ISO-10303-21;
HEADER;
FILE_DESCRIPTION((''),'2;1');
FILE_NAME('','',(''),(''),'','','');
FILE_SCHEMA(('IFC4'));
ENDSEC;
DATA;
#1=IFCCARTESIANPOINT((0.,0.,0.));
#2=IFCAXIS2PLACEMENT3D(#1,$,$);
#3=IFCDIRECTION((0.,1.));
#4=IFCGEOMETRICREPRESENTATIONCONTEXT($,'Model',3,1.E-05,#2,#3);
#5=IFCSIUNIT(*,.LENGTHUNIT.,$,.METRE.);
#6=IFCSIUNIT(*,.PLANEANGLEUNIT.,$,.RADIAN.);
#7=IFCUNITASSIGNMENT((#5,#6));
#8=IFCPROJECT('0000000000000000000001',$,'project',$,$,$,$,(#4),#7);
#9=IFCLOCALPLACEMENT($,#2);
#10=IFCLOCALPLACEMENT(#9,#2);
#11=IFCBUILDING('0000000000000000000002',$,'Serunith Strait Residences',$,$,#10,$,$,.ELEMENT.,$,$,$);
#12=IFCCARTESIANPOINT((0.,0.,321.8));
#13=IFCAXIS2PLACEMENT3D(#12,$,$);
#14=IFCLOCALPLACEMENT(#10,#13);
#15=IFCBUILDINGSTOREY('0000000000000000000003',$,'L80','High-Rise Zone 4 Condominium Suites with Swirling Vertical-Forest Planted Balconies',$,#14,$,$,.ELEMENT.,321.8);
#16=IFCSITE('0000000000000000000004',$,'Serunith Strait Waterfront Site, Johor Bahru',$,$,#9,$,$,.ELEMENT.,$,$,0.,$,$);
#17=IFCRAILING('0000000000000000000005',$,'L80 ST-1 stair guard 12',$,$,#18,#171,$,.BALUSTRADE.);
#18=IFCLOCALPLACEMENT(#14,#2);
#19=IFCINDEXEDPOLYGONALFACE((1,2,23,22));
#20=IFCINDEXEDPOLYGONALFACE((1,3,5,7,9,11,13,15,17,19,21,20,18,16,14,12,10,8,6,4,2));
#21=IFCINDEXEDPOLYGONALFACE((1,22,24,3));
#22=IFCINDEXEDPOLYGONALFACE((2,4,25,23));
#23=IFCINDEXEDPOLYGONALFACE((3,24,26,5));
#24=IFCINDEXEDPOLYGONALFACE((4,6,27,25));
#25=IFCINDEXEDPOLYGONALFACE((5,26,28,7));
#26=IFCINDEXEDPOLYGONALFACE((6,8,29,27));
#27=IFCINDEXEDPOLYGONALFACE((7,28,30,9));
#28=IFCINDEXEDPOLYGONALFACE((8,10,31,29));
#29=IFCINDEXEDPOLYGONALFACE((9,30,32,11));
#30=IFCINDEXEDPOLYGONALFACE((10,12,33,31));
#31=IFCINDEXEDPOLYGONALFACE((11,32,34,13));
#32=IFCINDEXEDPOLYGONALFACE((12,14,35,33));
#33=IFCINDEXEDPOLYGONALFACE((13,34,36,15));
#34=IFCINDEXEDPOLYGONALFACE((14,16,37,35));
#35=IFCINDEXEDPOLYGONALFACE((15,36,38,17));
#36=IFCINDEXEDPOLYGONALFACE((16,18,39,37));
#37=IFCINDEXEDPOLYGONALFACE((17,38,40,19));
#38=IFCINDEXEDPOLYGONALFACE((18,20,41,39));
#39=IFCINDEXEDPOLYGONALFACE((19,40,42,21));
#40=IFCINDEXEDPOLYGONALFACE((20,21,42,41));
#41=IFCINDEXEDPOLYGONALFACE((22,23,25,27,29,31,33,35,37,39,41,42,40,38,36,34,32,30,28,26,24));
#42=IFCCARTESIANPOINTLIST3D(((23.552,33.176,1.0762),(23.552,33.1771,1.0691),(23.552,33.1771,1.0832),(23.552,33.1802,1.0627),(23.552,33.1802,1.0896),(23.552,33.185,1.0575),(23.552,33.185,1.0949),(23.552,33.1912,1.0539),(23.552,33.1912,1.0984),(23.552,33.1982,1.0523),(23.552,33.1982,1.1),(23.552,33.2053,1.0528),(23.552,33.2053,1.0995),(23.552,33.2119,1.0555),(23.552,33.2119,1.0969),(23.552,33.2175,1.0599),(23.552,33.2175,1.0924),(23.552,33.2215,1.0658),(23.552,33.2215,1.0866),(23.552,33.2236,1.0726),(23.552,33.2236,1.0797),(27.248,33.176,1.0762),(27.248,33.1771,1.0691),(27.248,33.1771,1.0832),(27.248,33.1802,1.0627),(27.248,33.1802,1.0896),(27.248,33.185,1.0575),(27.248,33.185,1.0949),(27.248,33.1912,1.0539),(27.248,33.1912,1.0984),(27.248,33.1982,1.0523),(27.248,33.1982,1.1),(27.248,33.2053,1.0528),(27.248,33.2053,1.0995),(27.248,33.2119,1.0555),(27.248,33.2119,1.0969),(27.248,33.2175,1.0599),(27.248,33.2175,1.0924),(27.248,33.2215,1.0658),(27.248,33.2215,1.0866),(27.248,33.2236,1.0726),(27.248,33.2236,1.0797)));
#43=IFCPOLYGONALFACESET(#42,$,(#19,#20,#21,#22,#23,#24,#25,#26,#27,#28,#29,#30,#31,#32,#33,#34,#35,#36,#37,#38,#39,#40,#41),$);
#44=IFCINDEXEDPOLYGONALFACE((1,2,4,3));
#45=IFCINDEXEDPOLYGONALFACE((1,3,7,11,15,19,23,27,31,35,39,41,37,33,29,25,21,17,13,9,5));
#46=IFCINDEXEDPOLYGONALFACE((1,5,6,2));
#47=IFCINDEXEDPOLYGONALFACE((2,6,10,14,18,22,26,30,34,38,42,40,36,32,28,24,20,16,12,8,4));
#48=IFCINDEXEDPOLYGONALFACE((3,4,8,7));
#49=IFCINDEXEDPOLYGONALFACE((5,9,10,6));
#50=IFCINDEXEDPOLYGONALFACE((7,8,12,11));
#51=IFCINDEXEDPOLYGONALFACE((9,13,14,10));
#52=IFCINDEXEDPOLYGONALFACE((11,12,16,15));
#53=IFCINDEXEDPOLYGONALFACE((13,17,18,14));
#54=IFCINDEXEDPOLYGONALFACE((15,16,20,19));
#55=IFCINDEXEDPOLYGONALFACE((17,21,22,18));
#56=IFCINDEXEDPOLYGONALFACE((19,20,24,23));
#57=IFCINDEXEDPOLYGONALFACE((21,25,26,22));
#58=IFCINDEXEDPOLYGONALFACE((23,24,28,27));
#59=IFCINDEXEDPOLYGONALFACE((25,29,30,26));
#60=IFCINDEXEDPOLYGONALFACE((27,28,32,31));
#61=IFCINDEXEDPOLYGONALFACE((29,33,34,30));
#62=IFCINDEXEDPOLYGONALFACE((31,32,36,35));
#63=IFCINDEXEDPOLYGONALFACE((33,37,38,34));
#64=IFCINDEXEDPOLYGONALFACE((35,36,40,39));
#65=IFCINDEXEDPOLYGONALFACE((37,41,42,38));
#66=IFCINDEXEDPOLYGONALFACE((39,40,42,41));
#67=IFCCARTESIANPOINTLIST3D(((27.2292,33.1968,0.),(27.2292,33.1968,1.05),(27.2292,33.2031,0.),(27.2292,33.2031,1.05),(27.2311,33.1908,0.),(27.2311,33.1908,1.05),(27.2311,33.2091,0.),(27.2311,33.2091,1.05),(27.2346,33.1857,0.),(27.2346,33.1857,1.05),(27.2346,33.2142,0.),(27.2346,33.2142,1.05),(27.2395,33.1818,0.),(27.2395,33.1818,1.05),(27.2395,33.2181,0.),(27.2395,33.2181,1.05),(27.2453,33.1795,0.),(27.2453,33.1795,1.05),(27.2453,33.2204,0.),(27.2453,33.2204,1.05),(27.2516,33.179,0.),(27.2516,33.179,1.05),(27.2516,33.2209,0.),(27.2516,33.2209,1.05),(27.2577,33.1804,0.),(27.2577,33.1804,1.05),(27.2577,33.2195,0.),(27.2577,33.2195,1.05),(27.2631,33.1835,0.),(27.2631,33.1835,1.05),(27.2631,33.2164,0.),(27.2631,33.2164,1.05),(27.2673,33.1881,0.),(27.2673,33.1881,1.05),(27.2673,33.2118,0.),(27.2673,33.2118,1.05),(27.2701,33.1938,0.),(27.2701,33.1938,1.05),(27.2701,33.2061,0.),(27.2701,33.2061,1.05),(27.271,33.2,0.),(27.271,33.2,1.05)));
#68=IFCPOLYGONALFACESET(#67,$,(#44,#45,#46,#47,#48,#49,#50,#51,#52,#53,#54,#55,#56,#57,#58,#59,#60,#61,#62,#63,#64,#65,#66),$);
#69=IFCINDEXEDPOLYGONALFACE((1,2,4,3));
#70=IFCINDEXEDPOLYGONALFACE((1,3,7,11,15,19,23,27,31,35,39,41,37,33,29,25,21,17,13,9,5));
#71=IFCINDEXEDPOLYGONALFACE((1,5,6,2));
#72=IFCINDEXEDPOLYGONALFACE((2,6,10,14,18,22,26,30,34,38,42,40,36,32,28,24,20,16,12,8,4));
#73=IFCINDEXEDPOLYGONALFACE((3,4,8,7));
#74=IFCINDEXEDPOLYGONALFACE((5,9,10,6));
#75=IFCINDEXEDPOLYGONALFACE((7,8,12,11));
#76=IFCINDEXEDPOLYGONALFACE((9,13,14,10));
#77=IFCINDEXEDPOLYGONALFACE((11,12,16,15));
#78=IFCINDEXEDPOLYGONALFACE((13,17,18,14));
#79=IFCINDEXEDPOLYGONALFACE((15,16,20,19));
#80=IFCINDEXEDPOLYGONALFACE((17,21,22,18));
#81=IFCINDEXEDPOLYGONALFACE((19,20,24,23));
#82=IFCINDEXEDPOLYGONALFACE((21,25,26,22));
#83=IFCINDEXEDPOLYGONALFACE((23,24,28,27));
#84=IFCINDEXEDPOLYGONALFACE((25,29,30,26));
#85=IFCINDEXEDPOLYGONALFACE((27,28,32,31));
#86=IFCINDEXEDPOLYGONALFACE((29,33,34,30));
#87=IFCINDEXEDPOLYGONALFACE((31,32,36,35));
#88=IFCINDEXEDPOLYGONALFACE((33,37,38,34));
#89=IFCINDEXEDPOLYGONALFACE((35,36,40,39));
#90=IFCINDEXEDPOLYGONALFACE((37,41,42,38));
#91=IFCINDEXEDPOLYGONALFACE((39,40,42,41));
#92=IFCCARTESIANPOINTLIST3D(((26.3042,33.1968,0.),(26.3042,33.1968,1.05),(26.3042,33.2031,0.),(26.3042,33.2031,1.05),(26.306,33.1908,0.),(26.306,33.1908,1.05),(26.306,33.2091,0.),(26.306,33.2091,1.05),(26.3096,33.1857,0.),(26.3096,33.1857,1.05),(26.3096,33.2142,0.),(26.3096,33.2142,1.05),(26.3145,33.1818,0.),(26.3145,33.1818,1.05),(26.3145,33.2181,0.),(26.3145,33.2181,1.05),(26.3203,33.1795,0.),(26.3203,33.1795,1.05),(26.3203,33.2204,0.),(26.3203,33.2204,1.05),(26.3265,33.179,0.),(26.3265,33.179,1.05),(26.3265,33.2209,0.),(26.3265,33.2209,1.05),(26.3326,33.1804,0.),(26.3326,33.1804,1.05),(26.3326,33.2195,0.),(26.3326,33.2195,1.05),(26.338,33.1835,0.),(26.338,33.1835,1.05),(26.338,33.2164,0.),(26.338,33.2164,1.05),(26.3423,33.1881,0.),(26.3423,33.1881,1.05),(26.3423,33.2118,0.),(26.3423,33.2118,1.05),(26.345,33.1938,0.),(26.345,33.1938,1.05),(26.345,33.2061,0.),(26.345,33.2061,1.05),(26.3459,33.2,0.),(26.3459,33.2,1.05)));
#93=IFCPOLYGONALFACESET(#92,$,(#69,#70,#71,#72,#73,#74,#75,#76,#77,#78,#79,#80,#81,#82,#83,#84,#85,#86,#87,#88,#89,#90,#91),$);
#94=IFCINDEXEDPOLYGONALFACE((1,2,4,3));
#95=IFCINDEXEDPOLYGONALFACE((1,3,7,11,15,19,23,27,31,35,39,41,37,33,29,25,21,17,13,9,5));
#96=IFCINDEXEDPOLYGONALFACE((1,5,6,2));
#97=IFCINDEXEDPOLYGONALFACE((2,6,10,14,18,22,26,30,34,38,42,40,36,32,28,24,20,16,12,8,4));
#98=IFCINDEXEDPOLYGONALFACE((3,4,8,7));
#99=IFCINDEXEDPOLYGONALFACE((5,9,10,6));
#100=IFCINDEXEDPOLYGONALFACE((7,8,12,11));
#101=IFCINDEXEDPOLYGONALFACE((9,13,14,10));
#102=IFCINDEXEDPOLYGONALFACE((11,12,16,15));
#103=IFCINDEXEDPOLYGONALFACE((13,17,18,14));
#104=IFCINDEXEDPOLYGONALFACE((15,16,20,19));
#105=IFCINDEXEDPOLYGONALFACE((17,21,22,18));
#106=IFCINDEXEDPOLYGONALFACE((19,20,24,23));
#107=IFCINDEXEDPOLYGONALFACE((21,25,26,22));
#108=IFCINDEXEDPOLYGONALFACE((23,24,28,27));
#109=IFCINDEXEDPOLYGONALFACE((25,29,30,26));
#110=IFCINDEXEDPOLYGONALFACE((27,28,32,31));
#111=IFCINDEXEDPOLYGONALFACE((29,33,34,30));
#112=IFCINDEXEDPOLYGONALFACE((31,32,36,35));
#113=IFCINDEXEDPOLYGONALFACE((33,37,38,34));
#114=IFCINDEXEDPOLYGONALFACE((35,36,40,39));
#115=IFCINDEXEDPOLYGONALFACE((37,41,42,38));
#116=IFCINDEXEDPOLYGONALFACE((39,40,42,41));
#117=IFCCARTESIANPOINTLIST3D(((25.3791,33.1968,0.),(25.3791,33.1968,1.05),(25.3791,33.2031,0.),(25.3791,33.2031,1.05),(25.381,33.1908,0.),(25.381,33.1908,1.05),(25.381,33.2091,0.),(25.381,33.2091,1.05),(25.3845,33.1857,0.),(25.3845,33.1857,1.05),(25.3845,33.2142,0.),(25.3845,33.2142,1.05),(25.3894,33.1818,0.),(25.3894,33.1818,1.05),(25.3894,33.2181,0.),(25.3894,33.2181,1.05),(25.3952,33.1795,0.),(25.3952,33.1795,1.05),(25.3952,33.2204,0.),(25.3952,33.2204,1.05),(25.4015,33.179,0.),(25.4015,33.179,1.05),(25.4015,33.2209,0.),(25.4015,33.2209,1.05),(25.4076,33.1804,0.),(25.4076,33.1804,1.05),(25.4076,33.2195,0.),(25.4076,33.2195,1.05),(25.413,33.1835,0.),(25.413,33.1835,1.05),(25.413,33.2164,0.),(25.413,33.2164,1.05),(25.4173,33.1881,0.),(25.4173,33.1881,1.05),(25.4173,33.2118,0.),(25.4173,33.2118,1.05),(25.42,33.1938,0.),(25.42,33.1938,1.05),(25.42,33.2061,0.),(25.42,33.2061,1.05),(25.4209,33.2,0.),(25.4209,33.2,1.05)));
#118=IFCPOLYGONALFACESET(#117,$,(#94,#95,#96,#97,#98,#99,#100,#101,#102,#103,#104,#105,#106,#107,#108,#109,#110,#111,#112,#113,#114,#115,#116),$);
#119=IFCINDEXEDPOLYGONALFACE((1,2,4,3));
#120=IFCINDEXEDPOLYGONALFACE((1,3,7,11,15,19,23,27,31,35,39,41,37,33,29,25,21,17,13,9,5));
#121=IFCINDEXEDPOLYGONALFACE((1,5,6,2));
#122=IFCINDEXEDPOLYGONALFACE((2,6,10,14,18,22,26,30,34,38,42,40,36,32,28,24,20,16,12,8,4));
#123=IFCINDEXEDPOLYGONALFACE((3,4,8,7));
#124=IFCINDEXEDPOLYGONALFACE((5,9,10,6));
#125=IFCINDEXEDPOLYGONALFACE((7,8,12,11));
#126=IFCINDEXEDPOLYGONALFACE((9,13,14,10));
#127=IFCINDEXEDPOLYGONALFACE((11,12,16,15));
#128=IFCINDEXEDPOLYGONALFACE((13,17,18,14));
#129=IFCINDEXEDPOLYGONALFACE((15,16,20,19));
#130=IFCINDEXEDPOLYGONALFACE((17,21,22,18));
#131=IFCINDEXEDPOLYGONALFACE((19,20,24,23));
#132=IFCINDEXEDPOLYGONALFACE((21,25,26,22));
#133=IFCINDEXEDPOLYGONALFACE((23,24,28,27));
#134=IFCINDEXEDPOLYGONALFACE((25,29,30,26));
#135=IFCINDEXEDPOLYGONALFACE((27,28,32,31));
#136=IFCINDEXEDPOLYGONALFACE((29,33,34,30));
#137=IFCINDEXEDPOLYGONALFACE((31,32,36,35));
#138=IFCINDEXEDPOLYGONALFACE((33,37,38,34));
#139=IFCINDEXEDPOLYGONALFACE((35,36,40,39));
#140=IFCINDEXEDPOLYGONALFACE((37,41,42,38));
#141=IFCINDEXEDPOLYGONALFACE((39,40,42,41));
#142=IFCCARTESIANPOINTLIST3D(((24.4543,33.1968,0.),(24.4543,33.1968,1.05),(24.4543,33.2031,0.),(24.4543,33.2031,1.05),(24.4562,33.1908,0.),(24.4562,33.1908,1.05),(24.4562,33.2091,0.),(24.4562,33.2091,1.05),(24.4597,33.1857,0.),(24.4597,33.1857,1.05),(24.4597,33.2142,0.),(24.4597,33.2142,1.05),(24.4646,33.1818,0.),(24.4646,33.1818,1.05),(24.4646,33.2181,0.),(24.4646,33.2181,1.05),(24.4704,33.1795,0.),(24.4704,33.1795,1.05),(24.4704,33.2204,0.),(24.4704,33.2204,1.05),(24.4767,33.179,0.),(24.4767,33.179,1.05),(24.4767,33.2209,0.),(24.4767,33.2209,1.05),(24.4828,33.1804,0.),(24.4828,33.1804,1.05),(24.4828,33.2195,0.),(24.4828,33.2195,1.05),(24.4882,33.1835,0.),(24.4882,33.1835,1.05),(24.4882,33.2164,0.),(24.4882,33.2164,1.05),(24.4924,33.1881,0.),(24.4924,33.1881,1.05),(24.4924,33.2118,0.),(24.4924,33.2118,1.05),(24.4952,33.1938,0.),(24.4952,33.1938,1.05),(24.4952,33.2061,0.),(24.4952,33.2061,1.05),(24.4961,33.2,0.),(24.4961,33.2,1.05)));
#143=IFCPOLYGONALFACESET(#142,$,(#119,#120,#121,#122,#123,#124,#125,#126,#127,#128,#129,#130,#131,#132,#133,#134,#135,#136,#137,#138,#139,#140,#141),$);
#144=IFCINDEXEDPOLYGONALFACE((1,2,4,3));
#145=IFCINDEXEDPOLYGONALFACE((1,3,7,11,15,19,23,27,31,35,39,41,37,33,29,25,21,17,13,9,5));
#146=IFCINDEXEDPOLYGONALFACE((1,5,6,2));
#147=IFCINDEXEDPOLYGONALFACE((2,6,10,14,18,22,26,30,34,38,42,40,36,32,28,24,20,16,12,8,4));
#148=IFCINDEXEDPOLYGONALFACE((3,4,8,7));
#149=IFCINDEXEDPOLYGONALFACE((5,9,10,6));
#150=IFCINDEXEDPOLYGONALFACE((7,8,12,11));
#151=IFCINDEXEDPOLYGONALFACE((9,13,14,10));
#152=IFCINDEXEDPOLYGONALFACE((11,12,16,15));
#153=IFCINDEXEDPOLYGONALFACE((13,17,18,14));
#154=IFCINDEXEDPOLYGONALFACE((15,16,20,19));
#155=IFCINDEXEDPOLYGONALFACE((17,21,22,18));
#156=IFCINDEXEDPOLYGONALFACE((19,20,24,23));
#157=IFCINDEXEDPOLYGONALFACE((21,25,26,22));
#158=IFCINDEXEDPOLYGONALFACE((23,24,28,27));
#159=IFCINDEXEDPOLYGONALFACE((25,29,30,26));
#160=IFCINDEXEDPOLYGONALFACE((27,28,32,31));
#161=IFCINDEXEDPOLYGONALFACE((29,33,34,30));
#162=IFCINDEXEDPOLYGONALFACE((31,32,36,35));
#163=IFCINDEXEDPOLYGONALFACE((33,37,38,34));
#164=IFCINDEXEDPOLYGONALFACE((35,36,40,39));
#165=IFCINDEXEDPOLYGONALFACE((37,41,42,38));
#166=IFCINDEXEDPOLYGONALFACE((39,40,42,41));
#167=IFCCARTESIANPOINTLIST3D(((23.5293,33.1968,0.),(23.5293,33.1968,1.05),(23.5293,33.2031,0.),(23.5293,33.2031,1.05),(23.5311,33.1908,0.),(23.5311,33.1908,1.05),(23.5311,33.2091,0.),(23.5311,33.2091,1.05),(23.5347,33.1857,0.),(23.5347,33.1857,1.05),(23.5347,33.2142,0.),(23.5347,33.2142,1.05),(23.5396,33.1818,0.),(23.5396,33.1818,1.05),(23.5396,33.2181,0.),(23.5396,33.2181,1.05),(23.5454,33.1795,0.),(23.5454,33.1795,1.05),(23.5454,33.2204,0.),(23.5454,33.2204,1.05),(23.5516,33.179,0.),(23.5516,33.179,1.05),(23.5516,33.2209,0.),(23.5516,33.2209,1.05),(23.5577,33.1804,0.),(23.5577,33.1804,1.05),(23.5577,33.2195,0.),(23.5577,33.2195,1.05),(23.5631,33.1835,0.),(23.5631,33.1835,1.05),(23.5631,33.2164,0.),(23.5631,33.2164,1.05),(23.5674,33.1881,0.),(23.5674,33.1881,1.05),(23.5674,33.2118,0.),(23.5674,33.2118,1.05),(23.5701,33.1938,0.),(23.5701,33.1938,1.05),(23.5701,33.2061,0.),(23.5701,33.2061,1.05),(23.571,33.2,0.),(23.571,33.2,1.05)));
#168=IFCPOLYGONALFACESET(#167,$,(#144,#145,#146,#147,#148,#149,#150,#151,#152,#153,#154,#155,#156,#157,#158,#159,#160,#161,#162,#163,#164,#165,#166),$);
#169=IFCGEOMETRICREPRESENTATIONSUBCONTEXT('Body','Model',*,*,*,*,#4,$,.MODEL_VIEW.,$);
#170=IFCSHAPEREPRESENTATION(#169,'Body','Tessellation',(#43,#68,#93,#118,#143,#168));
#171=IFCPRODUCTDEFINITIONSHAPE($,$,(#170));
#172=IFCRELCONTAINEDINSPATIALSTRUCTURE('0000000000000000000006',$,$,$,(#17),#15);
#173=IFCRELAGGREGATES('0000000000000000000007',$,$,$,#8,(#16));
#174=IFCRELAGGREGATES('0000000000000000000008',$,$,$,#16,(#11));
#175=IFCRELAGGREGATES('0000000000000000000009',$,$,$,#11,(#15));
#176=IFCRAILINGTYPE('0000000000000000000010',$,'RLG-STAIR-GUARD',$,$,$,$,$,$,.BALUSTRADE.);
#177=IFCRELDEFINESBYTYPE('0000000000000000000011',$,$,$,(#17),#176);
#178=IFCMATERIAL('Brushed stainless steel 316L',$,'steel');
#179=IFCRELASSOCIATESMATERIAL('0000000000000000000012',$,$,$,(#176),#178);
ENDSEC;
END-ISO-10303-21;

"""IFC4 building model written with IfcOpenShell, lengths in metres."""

from ifc_helpers import new_model, si_unit, direction, frame, origin, origin_2d, place, context, subcontext, project, spatial, circle, extrude, material, type_object, element, save


model = new_model("IFC4")

# Units and contexts
model_context = context("Model", 3, precision=1e-05, world=origin(), true_north=direction((0.0, 1.0)))
body_context = subcontext(model_context, "Body", "Model", "MODEL_VIEW")
ifc_project = project(units=[si_unit("LENGTHUNIT", "METRE"), si_unit("PLANEANGLEUNIT", "RADIAN")], contexts=[model_context])

# Site, building, storey
site_placement = place(None, origin())
site = spatial("IfcSite", under=ifc_project, at=site_placement, Name="Serunith Strait Waterfront Site, Johor Bahru", CompositionType="ELEMENT", RefElevation=0.0)
building_placement = place(site_placement, origin())
building = spatial("IfcBuilding", under=site, at=building_placement, Name="Serunith Strait Residences", CompositionType="ELEMENT")
storey_placement = place(building_placement, frame((0.0, 0.0, 321.8)))
storey = spatial("IfcBuildingStorey", under=building, at=storey_placement, Name="L80", Description="High-Rise Zone 4 Condominium Suites with Swirling Vertical-Forest Planted Balconies", CompositionType="ELEMENT", Elevation=321.8)

# Railing
ifc_material_1 = material(Name="Brushed stainless steel 316L", Category="steel")
railing_type_1 = type_object("IfcRailingType", Name="RLG-STAIR-GUARD", PredefinedType="BALUSTRADE", material=ifc_material_1)
railing_1_placement = place(storey_placement, frame((27.25, 33.2, 0.0)))
element("IfcRailing", 1, at=railing_1_placement, inside=storey, type_object=railing_type_1, Name="L80 ST-1 stair guard 12", PredefinedType="BALUSTRADE", context=body_context, shape_type="SweptSolid", body=[
    extrude(circle(Radius=0.0239, at=origin_2d()), frame((-0.002, 0.0, 1.0762), z_axis=(-1.0, 0.0, 0.0), x_axis=(0.0, -1.0, 0.0)), (0.0, 0.0, 1.0), 3.696),
    extrude(circle(Radius=0.021, at=origin_2d()), origin(), (0.0, 0.0, 1.0), 1.05),
    extrude(circle(Radius=0.021, at=origin_2d()), frame((-0.925, 0.0, 0.0)), (0.0, 0.0, 1.0), 1.05),
    extrude(circle(Radius=0.021, at=origin_2d()), frame((-1.8501, 0.0, 0.0)), (0.0, 0.0, 1.0), 1.05),
    extrude(circle(Radius=0.021, at=origin_2d()), frame((-2.7749, 0.0, 0.0)), (0.0, 0.0, 1.0), 1.05),
    extrude(circle(Radius=0.021, at=origin_2d()), frame((-3.7, 0.0, 0.0)), (0.0, 0.0, 1.0), 1.05),
])

save(model, "model.ifc")
